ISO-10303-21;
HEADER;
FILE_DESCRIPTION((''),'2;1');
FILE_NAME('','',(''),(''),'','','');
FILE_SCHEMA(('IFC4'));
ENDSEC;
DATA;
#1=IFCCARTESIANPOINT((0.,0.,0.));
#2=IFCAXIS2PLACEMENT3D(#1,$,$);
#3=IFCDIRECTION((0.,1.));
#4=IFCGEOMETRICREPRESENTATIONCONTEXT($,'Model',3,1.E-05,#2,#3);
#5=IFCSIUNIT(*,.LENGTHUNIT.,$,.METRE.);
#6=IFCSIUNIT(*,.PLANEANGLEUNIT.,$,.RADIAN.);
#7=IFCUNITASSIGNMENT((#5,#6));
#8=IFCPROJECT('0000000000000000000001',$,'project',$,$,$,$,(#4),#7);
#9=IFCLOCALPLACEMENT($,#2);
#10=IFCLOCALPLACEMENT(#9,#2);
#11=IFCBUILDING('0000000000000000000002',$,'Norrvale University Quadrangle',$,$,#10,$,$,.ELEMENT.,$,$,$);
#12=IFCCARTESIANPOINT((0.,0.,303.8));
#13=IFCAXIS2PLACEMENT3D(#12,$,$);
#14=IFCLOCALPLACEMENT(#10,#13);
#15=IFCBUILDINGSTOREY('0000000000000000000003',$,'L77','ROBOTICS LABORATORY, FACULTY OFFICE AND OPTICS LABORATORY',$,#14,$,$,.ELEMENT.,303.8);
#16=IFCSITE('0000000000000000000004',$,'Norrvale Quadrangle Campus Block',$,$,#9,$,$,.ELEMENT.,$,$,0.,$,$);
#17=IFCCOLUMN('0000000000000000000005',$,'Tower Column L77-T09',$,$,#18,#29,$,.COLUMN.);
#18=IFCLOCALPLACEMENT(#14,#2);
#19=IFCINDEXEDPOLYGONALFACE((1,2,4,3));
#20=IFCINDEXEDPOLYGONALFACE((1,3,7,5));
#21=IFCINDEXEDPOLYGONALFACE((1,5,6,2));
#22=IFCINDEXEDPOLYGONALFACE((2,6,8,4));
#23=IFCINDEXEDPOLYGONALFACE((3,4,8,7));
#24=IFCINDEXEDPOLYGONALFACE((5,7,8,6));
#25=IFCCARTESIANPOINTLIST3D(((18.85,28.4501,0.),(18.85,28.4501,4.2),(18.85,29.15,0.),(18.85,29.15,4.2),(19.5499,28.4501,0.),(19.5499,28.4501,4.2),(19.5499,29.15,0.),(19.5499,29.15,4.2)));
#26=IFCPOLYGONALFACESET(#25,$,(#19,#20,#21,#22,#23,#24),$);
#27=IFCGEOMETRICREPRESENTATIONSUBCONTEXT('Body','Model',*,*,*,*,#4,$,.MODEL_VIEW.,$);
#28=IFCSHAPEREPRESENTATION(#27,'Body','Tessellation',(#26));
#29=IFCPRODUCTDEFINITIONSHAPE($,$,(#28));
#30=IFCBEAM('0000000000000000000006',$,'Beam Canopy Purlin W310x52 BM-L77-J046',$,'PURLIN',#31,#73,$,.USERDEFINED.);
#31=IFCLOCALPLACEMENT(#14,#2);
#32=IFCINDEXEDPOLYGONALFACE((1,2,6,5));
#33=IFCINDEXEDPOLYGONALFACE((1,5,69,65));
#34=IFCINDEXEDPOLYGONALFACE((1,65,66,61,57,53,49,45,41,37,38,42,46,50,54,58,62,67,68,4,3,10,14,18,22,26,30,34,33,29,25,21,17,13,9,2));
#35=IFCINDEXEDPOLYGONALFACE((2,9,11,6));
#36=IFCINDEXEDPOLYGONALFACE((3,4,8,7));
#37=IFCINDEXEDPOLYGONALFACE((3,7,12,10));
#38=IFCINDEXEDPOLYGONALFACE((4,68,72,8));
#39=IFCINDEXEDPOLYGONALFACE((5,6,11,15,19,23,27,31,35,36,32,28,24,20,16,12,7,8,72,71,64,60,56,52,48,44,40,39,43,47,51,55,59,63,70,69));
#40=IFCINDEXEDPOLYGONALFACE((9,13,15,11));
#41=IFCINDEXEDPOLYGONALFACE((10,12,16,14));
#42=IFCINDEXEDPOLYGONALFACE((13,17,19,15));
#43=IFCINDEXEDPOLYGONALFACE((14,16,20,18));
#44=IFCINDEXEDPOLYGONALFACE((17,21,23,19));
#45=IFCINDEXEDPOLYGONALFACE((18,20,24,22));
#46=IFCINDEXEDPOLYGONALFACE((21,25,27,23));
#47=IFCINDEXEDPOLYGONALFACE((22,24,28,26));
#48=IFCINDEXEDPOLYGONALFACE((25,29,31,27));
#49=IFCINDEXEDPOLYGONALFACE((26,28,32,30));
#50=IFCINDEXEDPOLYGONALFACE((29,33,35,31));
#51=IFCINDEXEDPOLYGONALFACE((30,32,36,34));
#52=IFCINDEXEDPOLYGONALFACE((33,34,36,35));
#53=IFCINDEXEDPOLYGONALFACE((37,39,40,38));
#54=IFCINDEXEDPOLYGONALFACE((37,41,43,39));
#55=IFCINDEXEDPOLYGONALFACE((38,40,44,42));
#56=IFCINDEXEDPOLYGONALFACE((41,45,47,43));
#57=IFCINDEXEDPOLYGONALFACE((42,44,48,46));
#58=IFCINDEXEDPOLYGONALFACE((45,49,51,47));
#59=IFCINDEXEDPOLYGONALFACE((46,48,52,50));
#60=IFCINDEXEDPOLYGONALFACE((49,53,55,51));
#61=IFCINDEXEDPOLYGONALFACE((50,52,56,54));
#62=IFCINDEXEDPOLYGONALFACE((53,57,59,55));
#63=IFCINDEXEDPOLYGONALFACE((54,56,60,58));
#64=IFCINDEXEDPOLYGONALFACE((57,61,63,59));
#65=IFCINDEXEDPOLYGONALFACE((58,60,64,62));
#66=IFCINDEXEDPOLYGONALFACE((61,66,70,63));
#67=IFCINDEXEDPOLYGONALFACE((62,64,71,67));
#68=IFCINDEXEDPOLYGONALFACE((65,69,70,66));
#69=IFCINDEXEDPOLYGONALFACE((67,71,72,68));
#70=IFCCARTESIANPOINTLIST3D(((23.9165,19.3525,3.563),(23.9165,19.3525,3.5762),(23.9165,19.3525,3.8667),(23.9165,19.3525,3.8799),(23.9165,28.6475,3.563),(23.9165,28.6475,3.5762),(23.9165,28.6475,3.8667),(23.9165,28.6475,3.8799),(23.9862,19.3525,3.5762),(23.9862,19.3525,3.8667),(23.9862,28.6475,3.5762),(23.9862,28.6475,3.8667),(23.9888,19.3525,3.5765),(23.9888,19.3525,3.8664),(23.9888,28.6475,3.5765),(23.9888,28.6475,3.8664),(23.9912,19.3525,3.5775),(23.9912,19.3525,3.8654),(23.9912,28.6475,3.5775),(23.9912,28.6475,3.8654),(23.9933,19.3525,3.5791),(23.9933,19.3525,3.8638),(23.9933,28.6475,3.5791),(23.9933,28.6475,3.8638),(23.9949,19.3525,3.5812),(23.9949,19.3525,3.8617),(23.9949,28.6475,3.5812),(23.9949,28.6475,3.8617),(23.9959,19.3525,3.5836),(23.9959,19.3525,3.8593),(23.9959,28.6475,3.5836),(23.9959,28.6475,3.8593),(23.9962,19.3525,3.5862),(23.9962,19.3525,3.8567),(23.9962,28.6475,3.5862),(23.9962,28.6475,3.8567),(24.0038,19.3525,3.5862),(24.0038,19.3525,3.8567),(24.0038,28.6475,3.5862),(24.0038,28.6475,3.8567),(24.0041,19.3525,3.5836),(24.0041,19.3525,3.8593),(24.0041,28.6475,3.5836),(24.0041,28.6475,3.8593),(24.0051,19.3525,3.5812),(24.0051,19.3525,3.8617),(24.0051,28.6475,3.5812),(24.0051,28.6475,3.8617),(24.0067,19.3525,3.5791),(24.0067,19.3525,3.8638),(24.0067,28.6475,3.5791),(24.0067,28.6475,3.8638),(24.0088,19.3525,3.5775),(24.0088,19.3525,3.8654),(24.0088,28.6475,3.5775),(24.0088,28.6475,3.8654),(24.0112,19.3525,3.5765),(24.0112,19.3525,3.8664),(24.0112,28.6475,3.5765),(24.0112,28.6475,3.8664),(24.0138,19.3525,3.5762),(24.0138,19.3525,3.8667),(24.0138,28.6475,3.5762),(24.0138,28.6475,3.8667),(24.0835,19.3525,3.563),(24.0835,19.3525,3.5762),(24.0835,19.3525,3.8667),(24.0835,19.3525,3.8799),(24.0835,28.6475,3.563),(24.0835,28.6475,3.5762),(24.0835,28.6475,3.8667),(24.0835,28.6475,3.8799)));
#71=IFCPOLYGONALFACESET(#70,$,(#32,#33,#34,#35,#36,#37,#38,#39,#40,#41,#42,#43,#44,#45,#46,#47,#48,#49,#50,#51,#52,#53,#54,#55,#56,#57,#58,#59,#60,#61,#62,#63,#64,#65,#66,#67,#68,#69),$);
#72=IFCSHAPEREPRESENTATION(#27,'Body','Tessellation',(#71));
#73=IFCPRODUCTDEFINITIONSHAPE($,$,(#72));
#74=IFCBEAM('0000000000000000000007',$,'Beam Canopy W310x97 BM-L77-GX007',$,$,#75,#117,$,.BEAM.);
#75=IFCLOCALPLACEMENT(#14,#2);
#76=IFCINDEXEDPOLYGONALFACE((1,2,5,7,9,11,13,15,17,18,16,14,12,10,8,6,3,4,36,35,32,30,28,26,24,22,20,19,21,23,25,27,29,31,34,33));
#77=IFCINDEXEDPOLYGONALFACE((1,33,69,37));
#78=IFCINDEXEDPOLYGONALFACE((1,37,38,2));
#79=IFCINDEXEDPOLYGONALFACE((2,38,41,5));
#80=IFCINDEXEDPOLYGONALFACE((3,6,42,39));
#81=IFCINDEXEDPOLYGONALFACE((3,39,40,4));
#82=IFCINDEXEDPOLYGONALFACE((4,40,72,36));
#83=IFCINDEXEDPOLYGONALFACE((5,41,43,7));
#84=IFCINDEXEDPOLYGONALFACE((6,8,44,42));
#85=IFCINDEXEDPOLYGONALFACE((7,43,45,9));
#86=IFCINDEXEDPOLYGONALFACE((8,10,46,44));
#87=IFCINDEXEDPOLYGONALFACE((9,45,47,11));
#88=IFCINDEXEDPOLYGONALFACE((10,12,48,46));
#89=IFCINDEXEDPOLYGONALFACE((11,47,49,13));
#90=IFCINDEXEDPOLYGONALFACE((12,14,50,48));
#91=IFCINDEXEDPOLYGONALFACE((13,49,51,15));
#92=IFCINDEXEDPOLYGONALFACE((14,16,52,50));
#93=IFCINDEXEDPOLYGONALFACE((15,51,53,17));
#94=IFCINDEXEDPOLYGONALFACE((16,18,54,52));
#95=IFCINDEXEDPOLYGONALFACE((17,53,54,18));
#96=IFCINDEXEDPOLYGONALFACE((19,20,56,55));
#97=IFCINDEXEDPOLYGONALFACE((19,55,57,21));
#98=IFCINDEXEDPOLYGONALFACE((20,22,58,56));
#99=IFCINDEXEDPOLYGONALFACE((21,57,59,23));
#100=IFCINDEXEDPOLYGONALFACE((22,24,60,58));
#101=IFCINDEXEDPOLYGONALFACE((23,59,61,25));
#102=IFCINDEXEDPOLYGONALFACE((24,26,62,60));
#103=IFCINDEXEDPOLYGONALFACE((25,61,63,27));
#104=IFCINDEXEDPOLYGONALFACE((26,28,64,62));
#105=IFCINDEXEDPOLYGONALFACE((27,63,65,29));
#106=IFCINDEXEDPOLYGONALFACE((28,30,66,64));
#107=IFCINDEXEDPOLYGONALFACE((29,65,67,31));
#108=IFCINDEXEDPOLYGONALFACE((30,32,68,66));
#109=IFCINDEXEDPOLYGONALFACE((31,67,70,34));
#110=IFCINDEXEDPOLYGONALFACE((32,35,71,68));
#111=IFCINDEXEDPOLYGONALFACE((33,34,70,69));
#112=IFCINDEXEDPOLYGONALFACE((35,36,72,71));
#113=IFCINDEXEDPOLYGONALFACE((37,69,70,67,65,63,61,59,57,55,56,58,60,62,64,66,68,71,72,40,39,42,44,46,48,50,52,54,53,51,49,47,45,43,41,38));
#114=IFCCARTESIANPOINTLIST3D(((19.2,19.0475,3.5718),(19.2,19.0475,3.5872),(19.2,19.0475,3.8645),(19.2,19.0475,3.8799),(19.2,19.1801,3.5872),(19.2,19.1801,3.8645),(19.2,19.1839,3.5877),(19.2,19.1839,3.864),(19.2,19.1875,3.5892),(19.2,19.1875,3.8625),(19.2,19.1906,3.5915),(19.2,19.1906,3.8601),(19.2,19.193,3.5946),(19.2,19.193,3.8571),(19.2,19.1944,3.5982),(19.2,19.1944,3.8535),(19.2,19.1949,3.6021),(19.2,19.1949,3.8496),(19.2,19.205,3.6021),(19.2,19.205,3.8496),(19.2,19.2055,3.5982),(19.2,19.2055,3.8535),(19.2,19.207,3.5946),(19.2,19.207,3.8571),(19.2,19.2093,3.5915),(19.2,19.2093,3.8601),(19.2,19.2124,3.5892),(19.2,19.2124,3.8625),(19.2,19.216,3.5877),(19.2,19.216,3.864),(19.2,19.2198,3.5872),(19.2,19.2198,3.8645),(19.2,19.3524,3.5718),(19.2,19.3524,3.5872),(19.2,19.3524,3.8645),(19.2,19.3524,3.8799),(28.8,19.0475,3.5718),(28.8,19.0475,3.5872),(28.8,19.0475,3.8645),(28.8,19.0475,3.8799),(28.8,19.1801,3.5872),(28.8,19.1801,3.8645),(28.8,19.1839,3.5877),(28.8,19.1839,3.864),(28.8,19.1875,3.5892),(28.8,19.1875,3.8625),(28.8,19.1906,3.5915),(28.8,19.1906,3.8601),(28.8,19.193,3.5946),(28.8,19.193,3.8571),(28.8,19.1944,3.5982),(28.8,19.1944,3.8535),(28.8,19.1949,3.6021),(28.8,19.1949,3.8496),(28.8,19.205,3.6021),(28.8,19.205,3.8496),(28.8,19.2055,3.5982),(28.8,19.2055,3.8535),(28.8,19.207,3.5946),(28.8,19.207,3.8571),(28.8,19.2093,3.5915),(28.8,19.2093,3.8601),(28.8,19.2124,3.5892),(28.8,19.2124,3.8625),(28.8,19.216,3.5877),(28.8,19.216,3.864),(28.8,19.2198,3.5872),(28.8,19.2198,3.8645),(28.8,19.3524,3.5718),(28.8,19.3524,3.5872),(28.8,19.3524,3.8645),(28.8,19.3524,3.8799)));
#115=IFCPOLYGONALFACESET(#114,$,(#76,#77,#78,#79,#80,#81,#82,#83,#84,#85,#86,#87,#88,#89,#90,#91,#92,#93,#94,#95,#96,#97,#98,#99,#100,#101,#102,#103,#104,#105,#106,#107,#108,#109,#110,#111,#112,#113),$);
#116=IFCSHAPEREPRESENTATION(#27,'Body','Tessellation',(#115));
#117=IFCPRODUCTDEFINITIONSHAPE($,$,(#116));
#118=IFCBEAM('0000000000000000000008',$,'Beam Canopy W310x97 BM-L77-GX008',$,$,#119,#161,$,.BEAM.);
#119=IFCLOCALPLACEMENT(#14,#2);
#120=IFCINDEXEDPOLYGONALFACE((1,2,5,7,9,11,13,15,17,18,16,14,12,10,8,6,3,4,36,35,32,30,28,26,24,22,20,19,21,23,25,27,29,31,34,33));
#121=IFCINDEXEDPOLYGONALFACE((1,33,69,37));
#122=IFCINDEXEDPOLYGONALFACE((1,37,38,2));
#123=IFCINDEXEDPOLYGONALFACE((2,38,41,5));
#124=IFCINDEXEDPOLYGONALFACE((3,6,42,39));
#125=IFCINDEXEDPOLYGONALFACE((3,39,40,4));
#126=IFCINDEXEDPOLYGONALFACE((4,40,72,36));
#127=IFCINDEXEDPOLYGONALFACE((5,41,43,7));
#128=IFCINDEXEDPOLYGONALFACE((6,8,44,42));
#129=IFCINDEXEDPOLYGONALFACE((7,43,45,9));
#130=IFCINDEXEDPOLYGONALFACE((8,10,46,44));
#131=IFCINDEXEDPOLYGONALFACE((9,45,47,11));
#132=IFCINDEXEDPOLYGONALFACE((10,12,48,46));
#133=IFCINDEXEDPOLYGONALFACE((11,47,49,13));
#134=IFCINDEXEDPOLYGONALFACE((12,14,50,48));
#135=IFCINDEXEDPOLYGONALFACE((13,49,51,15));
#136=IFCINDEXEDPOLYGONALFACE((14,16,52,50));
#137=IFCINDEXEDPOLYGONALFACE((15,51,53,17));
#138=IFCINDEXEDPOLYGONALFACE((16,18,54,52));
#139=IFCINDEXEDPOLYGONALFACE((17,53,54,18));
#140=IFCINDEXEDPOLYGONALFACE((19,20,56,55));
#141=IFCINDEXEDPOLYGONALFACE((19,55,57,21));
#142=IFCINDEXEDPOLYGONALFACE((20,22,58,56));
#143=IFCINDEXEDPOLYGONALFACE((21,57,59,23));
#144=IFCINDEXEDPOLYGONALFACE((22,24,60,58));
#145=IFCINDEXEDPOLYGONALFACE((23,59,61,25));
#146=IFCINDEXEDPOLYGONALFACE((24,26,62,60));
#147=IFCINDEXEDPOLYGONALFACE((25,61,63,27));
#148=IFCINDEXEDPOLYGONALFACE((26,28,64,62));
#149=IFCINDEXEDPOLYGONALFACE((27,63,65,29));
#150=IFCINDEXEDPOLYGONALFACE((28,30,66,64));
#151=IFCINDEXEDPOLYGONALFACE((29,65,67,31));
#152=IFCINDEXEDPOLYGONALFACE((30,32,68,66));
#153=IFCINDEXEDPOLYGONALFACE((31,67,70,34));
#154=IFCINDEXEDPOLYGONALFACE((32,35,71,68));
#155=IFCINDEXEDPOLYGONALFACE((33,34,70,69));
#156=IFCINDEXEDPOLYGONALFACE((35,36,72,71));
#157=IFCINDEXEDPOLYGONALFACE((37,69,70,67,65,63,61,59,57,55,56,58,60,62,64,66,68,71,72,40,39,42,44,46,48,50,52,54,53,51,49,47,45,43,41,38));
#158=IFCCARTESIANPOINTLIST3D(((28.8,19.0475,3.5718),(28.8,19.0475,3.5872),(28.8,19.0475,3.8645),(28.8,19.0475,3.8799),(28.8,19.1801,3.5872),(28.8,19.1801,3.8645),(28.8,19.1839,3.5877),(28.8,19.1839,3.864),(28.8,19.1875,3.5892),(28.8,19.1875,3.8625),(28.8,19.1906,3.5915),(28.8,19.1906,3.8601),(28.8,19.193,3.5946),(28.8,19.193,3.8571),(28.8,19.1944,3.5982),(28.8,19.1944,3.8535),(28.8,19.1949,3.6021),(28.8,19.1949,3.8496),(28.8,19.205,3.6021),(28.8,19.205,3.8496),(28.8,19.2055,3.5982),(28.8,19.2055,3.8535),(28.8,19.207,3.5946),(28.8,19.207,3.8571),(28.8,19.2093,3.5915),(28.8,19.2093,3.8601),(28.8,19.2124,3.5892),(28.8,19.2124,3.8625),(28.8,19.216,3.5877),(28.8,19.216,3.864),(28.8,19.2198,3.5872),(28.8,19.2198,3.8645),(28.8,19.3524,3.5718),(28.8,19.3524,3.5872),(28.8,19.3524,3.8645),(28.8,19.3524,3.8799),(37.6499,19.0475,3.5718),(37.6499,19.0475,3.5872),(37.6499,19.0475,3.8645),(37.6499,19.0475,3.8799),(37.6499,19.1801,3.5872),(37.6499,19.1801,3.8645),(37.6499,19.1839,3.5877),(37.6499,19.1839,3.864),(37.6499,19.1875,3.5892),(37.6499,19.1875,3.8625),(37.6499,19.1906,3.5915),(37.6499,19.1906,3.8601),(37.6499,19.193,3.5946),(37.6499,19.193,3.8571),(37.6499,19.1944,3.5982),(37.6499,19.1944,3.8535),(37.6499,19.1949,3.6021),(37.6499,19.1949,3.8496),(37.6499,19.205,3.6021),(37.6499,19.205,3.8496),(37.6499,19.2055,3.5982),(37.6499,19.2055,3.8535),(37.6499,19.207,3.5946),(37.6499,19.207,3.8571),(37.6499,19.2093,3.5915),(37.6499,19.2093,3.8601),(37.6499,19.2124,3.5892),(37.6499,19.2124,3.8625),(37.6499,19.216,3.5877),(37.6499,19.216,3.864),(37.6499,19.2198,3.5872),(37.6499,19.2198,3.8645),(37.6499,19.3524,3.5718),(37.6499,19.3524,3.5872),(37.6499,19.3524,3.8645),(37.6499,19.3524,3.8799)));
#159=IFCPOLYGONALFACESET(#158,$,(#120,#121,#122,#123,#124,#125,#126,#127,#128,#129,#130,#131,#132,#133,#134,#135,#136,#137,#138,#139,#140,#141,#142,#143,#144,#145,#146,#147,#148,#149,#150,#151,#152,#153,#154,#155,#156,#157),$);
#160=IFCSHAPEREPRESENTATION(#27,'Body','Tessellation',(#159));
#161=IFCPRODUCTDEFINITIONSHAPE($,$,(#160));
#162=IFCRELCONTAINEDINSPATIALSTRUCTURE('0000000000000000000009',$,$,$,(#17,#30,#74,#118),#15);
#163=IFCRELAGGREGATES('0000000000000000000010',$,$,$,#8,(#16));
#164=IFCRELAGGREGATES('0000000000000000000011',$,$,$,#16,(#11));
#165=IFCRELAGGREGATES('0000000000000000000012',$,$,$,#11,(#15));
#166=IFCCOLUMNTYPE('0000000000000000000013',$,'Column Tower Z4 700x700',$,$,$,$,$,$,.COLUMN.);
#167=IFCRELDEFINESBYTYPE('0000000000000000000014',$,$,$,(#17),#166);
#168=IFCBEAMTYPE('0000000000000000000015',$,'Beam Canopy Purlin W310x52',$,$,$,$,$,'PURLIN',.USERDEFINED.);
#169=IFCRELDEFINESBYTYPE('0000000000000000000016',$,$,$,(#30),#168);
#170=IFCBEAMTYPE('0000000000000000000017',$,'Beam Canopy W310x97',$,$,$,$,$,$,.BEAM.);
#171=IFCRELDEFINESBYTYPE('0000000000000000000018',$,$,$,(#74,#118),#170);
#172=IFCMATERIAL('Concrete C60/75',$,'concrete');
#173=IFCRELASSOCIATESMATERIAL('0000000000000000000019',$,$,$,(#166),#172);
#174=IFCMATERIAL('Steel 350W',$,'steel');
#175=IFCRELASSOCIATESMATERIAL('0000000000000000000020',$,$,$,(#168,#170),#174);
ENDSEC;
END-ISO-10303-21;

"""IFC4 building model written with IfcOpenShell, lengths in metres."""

from ifc_helpers import new_model, si_unit, direction, frame, origin, origin_2d, place, context, subcontext, project, spatial, rectangle, i_section, extrude, material, material_profile, profile_set, type_object, element, save


model = new_model("IFC4")

# Units and contexts
model_context = context("Model", 3, precision=1e-05, world=origin(), true_north=direction((0.0, 1.0)))
body_context = subcontext(model_context, "Body", "Model", "MODEL_VIEW")
ifc_project = project(units=[si_unit("LENGTHUNIT", "METRE"), si_unit("PLANEANGLEUNIT", "RADIAN")], contexts=[model_context])

# Site, building, storey
site_placement = place(None, origin())
site = spatial("IfcSite", under=ifc_project, at=site_placement, Name="Norrvale Quadrangle Campus Block", CompositionType="ELEMENT", RefElevation=0.0)
building_placement = place(site_placement, origin())
building = spatial("IfcBuilding", under=site, at=building_placement, Name="Norrvale University Quadrangle", CompositionType="ELEMENT")
storey_placement = place(building_placement, frame((0.0, 0.0, 303.8)))
storey = spatial("IfcBuildingStorey", under=building, at=storey_placement, Name="L77", Description="ROBOTICS LABORATORY, FACULTY OFFICE AND OPTICS LABORATORY", CompositionType="ELEMENT", Elevation=303.8)

# Column
ifc_material_1 = material(Name="Concrete C60/75", Category="concrete")
ifc_material_profile_1 = material_profile(ifc_material_1, rectangle(XDim=0.7, YDim=0.7, at=origin_2d()), Name="Concrete C60/75")
ifc_profile_set_1 = profile_set([ifc_material_profile_1], Name="Concrete C60/75")
column_type = type_object("IfcColumnType", Name="Column Tower Z4 700x700", PredefinedType="COLUMN", material=ifc_profile_set_1)
column_placement = place(storey_placement, frame((19.2, 28.8, 0.0), z_axis=(0.0, 0.0, 1.0), x_axis=(1.0, 0.0, 0.0)))
element("IfcColumn", 1, at=column_placement, inside=storey, type_object=column_type, Name="Tower Column L77-T09", PredefinedType="COLUMN", context=body_context, shape_type="SweptSolid", body=[
    extrude(rectangle(XDim=0.7, YDim=0.7, at=origin_2d()), origin(), (0.0, 0.0, 1.0), 4.2),
])

# Beams
ifc_material_2 = material(Name="Steel 350W", Category="steel")
ifc_material_profile_2 = material_profile(ifc_material_2, i_section(OverallWidth=0.167, OverallDepth=0.3169, WebThickness=0.0076, FlangeThickness=0.0132, FilletRadius=0.01, at=origin_2d()), Name="Steel 350W")
ifc_profile_set_2 = profile_set([ifc_material_profile_2], Name="Steel 350W")
beam_type_1 = type_object("IfcBeamType", Name="Beam Canopy Purlin W310x52", ElementType="PURLIN", PredefinedType="USERDEFINED", material=ifc_profile_set_2)
beam_1_placement = place(storey_placement, frame((24.0, 19.3525, 3.7214), z_axis=(0.0, 1.0, 0.0), x_axis=(-1.0, 0.0, 0.0)))
element("IfcBeam", 2, at=beam_1_placement, inside=storey, type_object=beam_type_1, Name="Beam Canopy Purlin W310x52 BM-L77-J046", ObjectType="PURLIN", PredefinedType="USERDEFINED", context=body_context, shape_type="SweptSolid", body=[
    extrude(i_section(OverallWidth=0.167, OverallDepth=0.3169, WebThickness=0.0076, FlangeThickness=0.0132, FilletRadius=0.01, at=origin_2d()), origin(), (0.0, 0.0, 1.0), 9.2949),
])
ifc_material_profile_3 = material_profile(ifc_material_2, i_section(OverallWidth=0.3049, OverallDepth=0.3081, WebThickness=0.01, FlangeThickness=0.0154, FilletRadius=0.0149, at=origin_2d()), Name="Steel 350W")
ifc_profile_set_3 = profile_set([ifc_material_profile_3], Name="Steel 350W")
beam_type_2 = type_object("IfcBeamType", Name="Beam Canopy W310x97", PredefinedType="BEAM", material=ifc_profile_set_3)
beam_2_placement = place(storey_placement, frame((19.2, 19.2, 3.7258), z_axis=(1.0, 0.0, 0.0), x_axis=(0.0, 1.0, 0.0)))
element("IfcBeam", 3, at=beam_2_placement, inside=storey, type_object=beam_type_2, Name="Beam Canopy W310x97 BM-L77-GX007", PredefinedType="BEAM", context=body_context, shape_type="SweptSolid", body=[
    extrude(i_section(OverallWidth=0.3049, OverallDepth=0.3081, WebThickness=0.01, FlangeThickness=0.0154, FilletRadius=0.0149, at=origin_2d()), origin(), (0.0, 0.0, 1.0), 9.6001),
])
beam_3_placement = place(storey_placement, frame((28.8, 19.2, 3.7258), z_axis=(1.0, 0.0, 0.0), x_axis=(0.0, 1.0, 0.0)))
element("IfcBeam", 4, at=beam_3_placement, inside=storey, type_object=beam_type_2, Name="Beam Canopy W310x97 BM-L77-GX008", PredefinedType="BEAM", context=body_context, shape_type="SweptSolid", body=[
    extrude(i_section(OverallWidth=0.3049, OverallDepth=0.3081, WebThickness=0.01, FlangeThickness=0.0154, FilletRadius=0.0149, at=origin_2d()), origin(), (0.0, 0.0, 1.0), 8.8499),
])

save(model, "model.ifc")
